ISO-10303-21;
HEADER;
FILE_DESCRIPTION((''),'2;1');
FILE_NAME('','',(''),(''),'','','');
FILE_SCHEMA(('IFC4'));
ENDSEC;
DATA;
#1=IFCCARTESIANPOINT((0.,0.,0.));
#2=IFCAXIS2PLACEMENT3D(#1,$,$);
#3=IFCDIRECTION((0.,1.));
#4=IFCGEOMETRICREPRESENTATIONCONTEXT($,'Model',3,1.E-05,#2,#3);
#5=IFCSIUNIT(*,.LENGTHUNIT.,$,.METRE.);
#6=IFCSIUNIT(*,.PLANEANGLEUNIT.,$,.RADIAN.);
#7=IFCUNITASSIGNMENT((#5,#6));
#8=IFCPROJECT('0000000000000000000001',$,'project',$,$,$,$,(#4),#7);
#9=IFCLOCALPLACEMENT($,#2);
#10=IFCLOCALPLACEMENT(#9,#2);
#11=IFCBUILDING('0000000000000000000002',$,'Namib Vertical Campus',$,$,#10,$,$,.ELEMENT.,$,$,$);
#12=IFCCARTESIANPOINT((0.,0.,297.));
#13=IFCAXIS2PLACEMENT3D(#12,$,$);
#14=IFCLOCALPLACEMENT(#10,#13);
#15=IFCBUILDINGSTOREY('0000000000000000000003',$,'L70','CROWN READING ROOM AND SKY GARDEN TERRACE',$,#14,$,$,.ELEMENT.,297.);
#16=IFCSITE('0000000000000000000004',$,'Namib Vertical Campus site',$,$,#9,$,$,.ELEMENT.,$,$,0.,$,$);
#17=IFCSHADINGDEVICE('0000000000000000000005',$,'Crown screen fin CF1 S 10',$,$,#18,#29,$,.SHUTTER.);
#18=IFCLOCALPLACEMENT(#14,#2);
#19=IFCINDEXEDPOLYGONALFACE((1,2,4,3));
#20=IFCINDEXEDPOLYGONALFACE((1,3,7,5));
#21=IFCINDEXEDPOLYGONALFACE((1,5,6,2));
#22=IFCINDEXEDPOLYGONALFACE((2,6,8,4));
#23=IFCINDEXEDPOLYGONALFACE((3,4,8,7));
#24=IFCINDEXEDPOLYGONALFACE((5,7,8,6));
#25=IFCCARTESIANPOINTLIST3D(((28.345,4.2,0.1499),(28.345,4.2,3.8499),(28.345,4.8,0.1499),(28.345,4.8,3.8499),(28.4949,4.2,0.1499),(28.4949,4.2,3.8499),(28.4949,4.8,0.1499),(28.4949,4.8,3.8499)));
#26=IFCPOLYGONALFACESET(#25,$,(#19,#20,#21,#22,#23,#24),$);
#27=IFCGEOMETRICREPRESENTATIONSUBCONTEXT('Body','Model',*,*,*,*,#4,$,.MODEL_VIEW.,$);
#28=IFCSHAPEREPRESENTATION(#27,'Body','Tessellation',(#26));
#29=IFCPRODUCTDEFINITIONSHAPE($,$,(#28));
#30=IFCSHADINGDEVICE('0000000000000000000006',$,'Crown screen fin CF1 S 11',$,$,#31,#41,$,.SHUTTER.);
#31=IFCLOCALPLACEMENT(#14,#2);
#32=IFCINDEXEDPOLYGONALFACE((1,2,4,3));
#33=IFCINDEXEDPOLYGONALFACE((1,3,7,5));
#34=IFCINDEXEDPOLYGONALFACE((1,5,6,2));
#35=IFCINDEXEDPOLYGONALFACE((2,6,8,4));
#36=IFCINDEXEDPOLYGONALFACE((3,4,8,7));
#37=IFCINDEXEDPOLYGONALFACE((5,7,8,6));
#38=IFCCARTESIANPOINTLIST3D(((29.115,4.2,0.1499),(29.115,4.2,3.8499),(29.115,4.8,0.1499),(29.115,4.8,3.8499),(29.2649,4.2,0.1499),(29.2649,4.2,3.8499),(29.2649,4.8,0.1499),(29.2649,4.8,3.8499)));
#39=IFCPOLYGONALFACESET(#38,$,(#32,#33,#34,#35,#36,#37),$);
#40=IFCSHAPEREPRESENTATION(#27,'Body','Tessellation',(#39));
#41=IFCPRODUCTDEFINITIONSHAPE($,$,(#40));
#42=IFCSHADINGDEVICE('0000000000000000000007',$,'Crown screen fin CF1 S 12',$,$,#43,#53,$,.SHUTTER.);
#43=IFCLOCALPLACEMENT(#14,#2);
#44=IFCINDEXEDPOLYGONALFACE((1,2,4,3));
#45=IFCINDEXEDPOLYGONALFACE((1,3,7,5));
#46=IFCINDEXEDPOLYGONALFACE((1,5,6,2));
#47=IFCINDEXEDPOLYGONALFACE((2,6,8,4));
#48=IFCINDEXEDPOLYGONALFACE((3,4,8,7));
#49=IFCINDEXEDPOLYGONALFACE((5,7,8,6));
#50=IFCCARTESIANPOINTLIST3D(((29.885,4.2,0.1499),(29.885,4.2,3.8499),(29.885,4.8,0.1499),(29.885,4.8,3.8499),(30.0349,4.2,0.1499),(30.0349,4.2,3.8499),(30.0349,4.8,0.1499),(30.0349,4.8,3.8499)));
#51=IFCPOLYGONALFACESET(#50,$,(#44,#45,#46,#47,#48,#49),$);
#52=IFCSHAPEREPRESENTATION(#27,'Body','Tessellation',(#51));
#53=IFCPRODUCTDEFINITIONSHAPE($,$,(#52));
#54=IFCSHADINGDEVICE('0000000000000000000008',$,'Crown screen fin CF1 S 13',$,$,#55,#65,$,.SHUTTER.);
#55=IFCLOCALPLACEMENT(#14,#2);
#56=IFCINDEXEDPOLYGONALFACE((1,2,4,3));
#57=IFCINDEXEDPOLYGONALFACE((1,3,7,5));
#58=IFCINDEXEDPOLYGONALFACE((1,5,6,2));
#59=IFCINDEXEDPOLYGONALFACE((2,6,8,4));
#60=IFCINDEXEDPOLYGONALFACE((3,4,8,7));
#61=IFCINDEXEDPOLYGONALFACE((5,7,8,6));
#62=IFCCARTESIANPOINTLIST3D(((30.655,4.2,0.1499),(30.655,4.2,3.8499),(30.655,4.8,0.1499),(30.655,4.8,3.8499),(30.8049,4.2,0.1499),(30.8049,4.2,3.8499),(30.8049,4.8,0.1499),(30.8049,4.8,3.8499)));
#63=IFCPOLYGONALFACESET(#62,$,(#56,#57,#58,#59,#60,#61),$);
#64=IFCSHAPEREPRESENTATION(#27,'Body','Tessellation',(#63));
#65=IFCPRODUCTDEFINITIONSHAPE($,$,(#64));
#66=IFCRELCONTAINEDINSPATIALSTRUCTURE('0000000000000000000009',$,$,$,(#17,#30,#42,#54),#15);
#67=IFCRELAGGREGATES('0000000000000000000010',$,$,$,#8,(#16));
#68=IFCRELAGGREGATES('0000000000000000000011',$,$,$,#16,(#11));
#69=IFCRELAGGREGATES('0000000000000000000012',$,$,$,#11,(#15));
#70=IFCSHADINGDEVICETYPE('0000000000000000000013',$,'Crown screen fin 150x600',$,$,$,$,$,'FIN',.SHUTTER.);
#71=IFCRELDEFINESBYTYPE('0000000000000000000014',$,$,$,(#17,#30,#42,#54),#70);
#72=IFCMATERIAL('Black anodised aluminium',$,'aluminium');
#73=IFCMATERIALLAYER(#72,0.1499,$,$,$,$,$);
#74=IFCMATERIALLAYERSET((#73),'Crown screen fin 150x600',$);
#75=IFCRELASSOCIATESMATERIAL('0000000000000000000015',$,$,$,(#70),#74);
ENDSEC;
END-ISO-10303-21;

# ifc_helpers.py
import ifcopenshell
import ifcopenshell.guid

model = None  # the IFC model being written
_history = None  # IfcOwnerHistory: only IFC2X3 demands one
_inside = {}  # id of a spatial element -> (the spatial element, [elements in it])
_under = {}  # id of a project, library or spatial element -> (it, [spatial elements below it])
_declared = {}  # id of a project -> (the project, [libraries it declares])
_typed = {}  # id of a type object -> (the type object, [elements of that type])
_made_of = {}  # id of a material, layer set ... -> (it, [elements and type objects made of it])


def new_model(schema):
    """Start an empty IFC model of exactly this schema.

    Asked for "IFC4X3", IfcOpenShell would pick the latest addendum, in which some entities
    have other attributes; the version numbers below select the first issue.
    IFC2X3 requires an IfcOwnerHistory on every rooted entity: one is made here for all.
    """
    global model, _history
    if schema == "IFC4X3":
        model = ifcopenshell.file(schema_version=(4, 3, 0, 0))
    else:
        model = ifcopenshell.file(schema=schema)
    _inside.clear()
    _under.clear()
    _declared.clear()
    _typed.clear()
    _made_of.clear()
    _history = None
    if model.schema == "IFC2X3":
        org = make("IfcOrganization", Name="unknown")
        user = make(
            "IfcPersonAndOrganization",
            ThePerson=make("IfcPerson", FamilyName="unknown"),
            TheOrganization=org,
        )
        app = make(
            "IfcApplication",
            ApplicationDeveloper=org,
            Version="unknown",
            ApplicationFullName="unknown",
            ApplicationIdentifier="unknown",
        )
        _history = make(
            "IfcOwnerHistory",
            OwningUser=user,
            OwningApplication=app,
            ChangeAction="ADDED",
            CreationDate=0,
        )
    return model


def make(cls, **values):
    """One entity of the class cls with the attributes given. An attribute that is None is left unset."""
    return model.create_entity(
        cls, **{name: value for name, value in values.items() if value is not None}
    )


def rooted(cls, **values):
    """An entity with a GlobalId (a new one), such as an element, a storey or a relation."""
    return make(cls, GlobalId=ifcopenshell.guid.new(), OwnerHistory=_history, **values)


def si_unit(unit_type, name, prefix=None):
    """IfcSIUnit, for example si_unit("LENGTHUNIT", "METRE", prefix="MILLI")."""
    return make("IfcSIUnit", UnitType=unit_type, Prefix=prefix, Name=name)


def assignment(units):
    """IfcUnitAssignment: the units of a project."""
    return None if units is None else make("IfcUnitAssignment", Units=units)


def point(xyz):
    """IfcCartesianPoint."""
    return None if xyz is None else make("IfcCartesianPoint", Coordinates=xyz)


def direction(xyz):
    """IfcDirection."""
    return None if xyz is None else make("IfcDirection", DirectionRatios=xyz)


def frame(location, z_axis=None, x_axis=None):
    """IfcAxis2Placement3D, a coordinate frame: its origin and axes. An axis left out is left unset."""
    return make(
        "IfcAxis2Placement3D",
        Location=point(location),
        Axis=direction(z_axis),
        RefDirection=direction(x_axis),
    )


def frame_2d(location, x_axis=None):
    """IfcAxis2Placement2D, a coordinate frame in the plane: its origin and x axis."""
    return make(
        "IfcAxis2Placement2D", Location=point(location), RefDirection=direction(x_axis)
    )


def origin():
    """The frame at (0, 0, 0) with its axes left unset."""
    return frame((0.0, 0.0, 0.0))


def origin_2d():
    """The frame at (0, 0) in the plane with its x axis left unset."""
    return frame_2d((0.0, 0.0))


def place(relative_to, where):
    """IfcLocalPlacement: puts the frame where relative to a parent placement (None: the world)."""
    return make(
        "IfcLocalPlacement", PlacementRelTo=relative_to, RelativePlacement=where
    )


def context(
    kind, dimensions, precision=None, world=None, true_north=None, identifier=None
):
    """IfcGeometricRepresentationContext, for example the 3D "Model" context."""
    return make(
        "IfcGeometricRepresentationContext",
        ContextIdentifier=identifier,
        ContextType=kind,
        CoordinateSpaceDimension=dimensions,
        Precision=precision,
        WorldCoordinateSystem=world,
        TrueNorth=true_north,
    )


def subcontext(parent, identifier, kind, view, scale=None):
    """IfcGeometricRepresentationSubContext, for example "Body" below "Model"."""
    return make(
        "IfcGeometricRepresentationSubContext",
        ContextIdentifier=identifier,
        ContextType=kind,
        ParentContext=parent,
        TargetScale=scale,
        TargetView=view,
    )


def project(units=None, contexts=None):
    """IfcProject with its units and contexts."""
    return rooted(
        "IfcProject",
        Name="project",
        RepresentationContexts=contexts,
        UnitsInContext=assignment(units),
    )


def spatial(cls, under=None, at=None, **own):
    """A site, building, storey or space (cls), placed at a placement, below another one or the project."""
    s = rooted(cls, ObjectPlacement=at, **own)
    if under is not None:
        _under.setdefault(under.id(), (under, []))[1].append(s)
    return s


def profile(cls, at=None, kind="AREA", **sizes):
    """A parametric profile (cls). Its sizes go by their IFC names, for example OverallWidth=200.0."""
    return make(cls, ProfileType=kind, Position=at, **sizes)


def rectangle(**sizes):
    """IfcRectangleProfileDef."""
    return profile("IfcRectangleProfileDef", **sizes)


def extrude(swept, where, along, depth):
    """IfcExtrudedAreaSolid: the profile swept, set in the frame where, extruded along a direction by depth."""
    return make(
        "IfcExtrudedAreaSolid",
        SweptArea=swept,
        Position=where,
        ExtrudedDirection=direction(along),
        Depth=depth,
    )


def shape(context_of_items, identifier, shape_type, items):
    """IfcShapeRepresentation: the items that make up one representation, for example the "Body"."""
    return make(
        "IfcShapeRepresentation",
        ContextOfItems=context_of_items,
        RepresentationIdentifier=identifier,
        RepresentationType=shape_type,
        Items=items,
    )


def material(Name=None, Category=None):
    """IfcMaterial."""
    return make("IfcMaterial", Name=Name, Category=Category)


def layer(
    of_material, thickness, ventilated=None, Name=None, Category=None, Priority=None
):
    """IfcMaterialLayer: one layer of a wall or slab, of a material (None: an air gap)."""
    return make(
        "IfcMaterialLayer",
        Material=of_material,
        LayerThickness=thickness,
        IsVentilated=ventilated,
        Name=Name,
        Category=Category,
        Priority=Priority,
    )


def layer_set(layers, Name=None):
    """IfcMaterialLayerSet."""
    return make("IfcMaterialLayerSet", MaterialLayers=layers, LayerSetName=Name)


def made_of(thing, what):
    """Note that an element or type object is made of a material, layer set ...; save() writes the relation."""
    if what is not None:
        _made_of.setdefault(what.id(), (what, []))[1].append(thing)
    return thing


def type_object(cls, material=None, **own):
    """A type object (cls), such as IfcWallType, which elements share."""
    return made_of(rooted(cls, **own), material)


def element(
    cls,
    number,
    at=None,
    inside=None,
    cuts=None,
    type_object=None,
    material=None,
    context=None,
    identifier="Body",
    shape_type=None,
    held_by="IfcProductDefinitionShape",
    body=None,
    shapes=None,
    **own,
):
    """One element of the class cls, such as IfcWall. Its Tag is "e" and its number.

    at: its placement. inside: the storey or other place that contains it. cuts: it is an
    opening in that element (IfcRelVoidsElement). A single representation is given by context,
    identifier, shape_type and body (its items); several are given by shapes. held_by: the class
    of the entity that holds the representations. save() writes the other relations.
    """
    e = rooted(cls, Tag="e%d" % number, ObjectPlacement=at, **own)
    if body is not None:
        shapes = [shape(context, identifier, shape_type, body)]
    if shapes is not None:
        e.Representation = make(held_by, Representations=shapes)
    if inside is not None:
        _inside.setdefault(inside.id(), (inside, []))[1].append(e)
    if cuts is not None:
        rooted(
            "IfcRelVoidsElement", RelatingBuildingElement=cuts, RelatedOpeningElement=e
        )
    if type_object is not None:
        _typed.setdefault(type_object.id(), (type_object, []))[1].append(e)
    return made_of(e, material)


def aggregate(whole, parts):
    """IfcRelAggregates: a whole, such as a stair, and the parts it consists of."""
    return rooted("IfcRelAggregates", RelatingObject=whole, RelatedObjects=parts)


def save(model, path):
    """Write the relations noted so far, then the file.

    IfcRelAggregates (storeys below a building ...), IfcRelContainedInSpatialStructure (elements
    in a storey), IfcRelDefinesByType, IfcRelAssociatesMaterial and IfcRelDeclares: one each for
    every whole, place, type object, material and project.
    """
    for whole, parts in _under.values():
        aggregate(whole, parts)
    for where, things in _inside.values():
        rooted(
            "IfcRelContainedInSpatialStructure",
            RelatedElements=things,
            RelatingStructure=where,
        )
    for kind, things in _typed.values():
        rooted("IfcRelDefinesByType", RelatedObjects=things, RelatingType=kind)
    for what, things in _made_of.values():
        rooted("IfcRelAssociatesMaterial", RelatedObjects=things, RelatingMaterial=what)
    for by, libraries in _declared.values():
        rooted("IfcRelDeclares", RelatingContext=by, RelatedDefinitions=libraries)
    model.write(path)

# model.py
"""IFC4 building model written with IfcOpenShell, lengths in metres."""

from ifc_helpers import new_model, si_unit, direction, frame, origin, origin_2d, place, context, subcontext, project, spatial, rectangle, extrude, material, layer, layer_set, type_object, element, save


model = new_model("IFC4")

# Units and contexts
model_context = context("Model", 3, precision=1e-05, world=origin(), true_north=direction((0.0, 1.0)))
body_context = subcontext(model_context, "Body", "Model", "MODEL_VIEW")
ifc_project = project(units=[si_unit("LENGTHUNIT", "METRE"), si_unit("PLANEANGLEUNIT", "RADIAN")], contexts=[model_context])

# Site, building, storey
site_placement = place(None, origin())
site = spatial("IfcSite", under=ifc_project, at=site_placement, Name="Namib Vertical Campus site", CompositionType="ELEMENT", RefElevation=0.0)
building_placement = place(site_placement, origin())
building = spatial("IfcBuilding", under=site, at=building_placement, Name="Namib Vertical Campus", CompositionType="ELEMENT")
storey_placement = place(building_placement, frame((0.0, 0.0, 297.0)))
storey = spatial("IfcBuildingStorey", under=building, at=storey_placement, Name="L70", Description="CROWN READING ROOM AND SKY GARDEN TERRACE", CompositionType="ELEMENT", Elevation=297.0)

# Shading devices
ifc_material_1 = material(Name="Black anodised aluminium", Category="aluminium")
ifc_layer_1 = layer(ifc_material_1, 0.1499)
ifc_layer_set_1 = layer_set([ifc_layer_1], Name="Crown screen fin 150x600")
shading_device_type = type_object("IfcShadingDeviceType", Name="Crown screen fin 150x600", ElementType="FIN", PredefinedType="SHUTTER", material=ifc_layer_set_1)
for number, where, z_axis, x_axis, name in (
    (1, (28.4199, 4.5, 0.1499), (0.0, 0.0, 1.0), (1.0, 0.0, 0.0), "Crown screen fin CF1 S 10"),
    (2, (29.1899, 4.5, 0.1499), (0.0, 0.0, 1.0), (1.0, 0.0, 0.0), "Crown screen fin CF1 S 11"),
    (3, (29.96, 4.5, 0.1499), (0.0, 0.0, 1.0), (1.0, 0.0, 0.0), "Crown screen fin CF1 S 12"),
    (4, (30.73, 4.5, 0.1499), (0.0, 0.0, 1.0), (1.0, 0.0, 0.0), "Crown screen fin CF1 S 13"),
):
    element("IfcShadingDevice", number, at=place(storey_placement, frame(where, z_axis=z_axis, x_axis=x_axis)), inside=storey, type_object=shading_device_type, Name=name, PredefinedType="SHUTTER", context=body_context, shape_type="SweptSolid", body=[
        extrude(rectangle(XDim=0.1499, YDim=0.6001, at=origin_2d()), origin(), (0.0, 0.0, 1.0), 3.7),
    ])

save(model, "model.ifc")
